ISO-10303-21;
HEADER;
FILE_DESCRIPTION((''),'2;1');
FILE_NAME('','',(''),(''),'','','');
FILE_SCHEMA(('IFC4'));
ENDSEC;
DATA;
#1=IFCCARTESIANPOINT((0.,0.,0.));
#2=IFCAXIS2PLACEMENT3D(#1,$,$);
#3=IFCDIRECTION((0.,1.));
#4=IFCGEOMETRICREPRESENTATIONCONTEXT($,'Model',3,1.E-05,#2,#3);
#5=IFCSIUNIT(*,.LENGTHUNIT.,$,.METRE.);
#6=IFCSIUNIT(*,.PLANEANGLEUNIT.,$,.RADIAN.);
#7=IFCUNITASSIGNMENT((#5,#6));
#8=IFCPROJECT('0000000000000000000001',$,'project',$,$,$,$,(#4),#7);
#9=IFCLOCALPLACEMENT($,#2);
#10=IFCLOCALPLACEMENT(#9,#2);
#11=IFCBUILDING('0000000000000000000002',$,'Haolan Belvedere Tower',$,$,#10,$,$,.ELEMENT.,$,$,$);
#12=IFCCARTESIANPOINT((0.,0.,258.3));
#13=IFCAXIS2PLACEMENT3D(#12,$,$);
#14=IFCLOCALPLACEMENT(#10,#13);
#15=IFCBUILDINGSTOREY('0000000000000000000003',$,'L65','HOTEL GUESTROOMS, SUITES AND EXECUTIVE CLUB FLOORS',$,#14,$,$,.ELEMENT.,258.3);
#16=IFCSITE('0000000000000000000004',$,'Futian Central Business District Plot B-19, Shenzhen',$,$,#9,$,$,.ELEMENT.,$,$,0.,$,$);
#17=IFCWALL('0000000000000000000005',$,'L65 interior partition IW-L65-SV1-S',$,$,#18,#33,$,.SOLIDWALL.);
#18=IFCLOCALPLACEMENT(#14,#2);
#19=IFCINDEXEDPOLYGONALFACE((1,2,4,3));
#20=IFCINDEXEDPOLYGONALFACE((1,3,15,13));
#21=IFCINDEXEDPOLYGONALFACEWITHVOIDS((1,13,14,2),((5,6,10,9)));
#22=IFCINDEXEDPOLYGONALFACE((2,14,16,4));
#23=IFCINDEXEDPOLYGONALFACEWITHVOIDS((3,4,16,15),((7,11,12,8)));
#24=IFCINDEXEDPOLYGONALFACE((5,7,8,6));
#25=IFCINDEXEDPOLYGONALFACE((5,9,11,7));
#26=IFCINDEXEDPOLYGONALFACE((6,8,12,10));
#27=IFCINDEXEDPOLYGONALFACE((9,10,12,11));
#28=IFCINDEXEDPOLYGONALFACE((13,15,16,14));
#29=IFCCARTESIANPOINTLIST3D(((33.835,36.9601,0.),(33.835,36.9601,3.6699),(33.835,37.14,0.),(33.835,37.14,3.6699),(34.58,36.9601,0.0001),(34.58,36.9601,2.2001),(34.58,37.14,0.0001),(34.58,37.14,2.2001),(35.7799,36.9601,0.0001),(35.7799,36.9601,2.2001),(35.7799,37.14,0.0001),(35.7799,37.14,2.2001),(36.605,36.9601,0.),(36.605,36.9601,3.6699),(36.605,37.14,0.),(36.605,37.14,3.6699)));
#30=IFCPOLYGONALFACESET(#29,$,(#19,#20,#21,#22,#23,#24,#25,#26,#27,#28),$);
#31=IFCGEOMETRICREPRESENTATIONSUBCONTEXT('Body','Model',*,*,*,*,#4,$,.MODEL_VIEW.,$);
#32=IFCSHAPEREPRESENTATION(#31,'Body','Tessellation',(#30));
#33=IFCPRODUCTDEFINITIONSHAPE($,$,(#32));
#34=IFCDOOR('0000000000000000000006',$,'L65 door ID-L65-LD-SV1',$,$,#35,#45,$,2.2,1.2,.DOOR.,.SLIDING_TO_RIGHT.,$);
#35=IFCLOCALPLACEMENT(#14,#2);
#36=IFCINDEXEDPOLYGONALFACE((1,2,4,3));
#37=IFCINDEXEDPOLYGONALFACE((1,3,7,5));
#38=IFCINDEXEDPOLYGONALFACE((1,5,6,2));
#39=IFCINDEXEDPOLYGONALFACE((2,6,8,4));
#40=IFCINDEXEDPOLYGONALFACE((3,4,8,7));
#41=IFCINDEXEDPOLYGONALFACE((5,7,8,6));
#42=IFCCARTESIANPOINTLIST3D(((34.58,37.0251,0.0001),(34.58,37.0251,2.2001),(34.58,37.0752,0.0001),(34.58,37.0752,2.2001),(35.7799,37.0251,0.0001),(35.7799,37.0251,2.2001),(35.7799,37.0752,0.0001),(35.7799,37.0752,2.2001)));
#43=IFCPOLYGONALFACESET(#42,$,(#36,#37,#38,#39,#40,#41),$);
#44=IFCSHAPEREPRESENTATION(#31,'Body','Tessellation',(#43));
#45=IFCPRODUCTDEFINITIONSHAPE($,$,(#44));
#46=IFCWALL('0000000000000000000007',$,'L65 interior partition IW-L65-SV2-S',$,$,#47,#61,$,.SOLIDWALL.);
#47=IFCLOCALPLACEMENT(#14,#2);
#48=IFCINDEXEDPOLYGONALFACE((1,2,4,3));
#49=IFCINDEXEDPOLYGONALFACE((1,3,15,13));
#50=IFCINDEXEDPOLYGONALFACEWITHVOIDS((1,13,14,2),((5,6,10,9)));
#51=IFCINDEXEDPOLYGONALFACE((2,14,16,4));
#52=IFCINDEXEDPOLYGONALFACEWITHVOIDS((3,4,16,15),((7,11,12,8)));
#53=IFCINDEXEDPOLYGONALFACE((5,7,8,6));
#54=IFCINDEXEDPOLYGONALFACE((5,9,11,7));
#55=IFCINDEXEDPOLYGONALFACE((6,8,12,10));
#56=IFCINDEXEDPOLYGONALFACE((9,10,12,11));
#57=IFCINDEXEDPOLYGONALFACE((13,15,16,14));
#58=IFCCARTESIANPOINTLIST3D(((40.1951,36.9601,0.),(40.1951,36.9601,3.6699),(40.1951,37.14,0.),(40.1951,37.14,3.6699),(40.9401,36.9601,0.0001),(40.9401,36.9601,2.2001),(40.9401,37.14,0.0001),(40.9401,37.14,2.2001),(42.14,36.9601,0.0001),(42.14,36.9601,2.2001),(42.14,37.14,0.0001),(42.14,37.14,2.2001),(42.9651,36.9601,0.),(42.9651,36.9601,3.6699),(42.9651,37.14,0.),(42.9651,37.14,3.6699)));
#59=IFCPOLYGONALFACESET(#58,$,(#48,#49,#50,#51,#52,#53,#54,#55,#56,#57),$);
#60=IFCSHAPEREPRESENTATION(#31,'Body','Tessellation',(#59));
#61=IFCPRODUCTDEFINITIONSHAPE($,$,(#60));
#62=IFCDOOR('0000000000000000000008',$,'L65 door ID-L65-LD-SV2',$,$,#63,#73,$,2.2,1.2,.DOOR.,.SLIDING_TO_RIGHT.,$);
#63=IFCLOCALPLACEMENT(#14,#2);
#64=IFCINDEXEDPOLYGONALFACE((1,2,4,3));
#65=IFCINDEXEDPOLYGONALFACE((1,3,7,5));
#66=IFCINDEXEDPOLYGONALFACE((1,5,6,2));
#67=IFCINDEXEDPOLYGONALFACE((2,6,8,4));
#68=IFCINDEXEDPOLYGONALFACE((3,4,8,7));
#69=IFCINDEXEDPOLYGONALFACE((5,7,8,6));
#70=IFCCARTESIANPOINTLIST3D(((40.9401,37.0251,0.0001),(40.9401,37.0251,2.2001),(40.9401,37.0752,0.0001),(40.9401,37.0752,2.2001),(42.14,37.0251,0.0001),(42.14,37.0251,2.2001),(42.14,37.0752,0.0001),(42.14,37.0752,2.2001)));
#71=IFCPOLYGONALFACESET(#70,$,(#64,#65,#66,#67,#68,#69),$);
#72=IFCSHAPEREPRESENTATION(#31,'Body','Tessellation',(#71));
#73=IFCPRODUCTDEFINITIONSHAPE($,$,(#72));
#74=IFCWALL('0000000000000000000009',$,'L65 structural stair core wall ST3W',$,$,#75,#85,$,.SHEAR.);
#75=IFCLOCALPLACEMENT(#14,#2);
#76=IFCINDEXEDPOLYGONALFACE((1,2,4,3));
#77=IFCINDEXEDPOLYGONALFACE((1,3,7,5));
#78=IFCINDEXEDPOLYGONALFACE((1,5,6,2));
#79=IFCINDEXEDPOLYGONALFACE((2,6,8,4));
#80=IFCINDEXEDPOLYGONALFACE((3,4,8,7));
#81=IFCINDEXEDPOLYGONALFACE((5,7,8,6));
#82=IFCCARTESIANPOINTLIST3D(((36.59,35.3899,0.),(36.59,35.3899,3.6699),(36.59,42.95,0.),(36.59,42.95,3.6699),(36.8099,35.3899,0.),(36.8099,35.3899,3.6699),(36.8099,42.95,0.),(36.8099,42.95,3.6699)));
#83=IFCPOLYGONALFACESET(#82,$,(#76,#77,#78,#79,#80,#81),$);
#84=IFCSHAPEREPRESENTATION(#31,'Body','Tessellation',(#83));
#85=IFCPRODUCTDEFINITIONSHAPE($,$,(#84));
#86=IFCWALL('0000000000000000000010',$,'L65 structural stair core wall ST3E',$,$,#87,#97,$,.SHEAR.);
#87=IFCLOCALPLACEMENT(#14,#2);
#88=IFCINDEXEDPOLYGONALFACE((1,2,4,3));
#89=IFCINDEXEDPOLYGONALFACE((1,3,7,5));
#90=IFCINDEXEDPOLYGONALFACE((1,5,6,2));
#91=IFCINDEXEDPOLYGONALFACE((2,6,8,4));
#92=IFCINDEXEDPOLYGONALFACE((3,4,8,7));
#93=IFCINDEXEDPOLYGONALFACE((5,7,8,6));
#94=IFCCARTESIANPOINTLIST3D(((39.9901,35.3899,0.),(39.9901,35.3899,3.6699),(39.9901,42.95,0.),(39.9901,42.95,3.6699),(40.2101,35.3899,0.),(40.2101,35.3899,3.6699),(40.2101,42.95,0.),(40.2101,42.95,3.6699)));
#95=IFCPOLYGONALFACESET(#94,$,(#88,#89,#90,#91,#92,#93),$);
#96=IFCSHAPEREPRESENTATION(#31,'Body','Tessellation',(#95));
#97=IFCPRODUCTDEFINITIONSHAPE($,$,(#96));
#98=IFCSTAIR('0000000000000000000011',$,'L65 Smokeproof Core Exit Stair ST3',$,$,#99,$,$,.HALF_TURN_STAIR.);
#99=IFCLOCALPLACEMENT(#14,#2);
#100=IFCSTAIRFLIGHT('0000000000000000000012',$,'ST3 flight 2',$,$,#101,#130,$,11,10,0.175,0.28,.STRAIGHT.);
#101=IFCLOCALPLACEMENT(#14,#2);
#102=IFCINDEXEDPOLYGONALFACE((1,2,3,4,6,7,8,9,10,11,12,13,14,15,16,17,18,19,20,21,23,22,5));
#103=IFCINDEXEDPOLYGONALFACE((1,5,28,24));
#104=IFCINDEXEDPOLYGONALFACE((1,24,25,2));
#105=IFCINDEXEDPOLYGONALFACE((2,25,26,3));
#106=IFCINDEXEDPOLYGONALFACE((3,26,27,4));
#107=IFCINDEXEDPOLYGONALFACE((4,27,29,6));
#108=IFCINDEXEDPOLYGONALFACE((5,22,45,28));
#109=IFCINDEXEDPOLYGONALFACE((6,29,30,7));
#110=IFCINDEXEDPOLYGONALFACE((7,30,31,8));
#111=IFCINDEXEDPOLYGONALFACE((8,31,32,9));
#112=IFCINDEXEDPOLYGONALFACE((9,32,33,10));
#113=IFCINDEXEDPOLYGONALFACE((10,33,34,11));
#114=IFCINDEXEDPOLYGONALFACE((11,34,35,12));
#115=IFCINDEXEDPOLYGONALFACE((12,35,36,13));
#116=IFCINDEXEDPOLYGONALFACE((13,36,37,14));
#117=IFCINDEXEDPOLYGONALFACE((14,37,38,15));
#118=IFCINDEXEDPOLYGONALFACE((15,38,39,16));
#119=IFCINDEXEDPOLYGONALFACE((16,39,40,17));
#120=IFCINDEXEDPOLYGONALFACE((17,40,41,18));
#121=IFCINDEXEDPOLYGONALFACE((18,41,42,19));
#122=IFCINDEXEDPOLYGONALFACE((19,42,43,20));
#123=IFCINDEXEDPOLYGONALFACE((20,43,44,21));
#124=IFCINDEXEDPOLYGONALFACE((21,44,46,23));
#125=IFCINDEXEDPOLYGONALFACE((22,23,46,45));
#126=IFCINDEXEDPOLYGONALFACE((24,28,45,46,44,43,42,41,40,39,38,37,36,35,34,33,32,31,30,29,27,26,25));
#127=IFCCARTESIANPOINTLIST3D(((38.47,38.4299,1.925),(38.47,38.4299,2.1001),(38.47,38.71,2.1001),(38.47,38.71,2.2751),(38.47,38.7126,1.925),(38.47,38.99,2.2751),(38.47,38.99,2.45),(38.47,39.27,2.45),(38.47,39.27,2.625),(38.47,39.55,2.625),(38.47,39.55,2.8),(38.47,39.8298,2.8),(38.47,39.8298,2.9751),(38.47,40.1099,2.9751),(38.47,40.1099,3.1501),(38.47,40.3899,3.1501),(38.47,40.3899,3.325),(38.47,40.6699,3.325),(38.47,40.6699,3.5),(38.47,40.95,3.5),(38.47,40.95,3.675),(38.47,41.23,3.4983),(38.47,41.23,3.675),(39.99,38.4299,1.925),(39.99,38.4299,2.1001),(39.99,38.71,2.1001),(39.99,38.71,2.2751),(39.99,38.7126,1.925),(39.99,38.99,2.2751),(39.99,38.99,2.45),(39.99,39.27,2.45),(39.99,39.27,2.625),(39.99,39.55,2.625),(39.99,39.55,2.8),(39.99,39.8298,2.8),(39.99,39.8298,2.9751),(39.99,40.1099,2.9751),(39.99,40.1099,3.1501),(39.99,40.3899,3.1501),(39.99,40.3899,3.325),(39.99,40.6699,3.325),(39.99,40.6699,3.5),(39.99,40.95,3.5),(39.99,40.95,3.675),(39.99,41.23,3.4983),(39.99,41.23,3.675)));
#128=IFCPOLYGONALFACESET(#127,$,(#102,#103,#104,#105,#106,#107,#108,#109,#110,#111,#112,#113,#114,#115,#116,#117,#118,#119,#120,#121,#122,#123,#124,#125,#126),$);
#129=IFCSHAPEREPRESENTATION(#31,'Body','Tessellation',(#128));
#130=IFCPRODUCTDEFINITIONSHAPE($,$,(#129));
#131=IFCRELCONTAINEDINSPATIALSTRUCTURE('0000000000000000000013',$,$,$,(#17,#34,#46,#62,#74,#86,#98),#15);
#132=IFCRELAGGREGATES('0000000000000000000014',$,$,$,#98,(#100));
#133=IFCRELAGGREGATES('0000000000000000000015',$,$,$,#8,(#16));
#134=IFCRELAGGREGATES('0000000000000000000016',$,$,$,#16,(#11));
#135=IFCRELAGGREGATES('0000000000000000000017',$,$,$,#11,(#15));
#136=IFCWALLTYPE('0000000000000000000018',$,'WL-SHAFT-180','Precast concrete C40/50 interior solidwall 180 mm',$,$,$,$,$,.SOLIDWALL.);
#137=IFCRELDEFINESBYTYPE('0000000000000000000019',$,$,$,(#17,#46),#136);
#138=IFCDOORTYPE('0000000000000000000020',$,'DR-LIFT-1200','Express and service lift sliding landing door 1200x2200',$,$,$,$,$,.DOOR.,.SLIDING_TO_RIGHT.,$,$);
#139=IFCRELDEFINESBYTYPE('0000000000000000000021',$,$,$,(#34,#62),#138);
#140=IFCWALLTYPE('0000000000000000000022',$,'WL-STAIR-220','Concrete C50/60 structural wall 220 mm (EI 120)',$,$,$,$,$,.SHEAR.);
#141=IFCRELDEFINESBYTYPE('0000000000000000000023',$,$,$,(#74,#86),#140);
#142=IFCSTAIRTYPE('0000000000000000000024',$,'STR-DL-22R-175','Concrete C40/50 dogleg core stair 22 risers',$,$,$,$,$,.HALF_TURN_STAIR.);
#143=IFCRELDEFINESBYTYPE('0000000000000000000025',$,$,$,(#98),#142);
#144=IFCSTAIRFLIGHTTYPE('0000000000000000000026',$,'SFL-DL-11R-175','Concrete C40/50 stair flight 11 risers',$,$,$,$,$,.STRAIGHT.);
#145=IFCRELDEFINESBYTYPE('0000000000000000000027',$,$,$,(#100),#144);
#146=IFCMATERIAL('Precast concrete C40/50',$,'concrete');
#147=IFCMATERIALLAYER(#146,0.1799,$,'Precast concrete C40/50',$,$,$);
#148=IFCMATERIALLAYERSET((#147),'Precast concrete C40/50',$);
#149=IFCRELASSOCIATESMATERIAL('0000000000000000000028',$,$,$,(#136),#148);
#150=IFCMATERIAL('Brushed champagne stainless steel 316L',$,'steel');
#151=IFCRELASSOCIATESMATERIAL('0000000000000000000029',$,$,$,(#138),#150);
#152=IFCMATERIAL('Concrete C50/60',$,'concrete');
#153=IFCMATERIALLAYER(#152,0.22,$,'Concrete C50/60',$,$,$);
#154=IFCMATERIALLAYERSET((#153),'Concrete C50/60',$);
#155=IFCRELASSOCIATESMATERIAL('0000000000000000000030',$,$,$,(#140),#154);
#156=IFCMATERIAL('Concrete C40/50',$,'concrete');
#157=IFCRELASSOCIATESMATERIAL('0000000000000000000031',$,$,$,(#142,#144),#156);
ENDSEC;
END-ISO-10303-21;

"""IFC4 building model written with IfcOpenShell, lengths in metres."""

from ifc_helpers import new_model, si_unit, direction, frame, frame_2d, origin, place, context, subcontext, project, spatial, polyline, rectangle, outline, extrude, material, layer, layer_set, type_object, element, fill, aggregate, save


model = new_model("IFC4")

# Units and contexts
model_context = context("Model", 3, precision=1e-05, world=origin(), true_north=direction((0.0, 1.0)))
body_context = subcontext(model_context, "Body", "Model", "MODEL_VIEW")
ifc_project = project(units=[si_unit("LENGTHUNIT", "METRE"), si_unit("PLANEANGLEUNIT", "RADIAN")], contexts=[model_context])

# Site, building, storey
site_placement = place(None, origin())
site = spatial("IfcSite", under=ifc_project, at=site_placement, Name="Futian Central Business District Plot B-19, Shenzhen", CompositionType="ELEMENT", RefElevation=0.0)
building_placement = place(site_placement, origin())
building = spatial("IfcBuilding", under=site, at=building_placement, Name="Haolan Belvedere Tower", CompositionType="ELEMENT")
storey_placement = place(building_placement, frame((0.0, 0.0, 258.3)))
storey = spatial("IfcBuildingStorey", under=building, at=storey_placement, Name="L65", Description="HOTEL GUESTROOMS, SUITES AND EXECUTIVE CLUB FLOORS", CompositionType="ELEMENT", Elevation=258.3)

# Shared definitions
ifc_material_1 = material(Name="Brushed champagne stainless steel 316L", Category="steel")

# Walls, openings, doors
ifc_material_2 = material(Name="Precast concrete C40/50", Category="concrete")
ifc_layer_1 = layer(ifc_material_2, 0.1799, Name="Precast concrete C40/50")
ifc_layer_set_1 = layer_set([ifc_layer_1], Name="Precast concrete C40/50")
wall_type_1 = type_object("IfcWallType", Name="WL-SHAFT-180", Description="Precast concrete C40/50 interior solidwall 180 mm", PredefinedType="SOLIDWALL", material=ifc_layer_set_1)
wall_1_placement = place(storey_placement, frame((33.835, 37.05, 0.0), z_axis=(0.0, 0.0, 1.0), x_axis=(1.0, 0.0, 0.0)))
wall_1 = element("IfcWall", 1, at=wall_1_placement, inside=storey, type_object=wall_type_1, Name="L65 interior partition IW-L65-SV1-S", PredefinedType="SOLIDWALL", context=body_context, shape_type="SweptSolid", body=[
    extrude(rectangle(XDim=2.77, YDim=0.1799, at=frame_2d((1.385, 0.0))), origin(), (0.0, 0.0, 1.0), 3.6699),
])
opening_1_placement = place(wall_1_placement, frame((1.9451, 0.0, 0.0), z_axis=(0.0, 0.0, 1.0), x_axis=(-1.0, 0.0, 0.0)))
opening_1 = element("IfcOpeningElement", 2, at=opening_1_placement, cuts=wall_1, PredefinedType="OPENING", context=body_context, shape_type="SweptSolid", body=[
    extrude(rectangle(XDim=1.2, YDim=2.2, at=frame_2d((0.6001, 1.1001))), frame((0.0, 0.0999, 0.0), z_axis=(0.0, -1.0, 0.0), x_axis=(1.0, 0.0, 0.0)), (0.0, 0.0, 1.0), 0.2),
])
door_type_1 = type_object("IfcDoorType", Name="DR-LIFT-1200", Description="Express and service lift sliding landing door 1200x2200", OperationType="SLIDING_TO_RIGHT", PredefinedType="DOOR", material=ifc_material_1)
door_1_placement = place(opening_1_placement, origin())
door_1 = element("IfcDoor", 3, at=door_1_placement, inside=storey, type_object=door_type_1, Name="L65 door ID-L65-LD-SV1", OperationType="SLIDING_TO_RIGHT", OverallHeight=2.2, OverallWidth=1.2, PredefinedType="DOOR", context=body_context, shape_type="SweptSolid", body=[
    extrude(rectangle(XDim=1.2, YDim=2.2, at=frame_2d((0.6001, 1.1001))), frame((0.0, 0.0249, 0.0), z_axis=(0.0, -1.0, 0.0), x_axis=(1.0, 0.0, 0.0)), (0.0, 0.0, 1.0), 0.05),
])
fill(opening_1, door_1)
wall_2_placement = place(storey_placement, frame((40.1951, 37.05, 0.0), z_axis=(0.0, 0.0, 1.0), x_axis=(1.0, 0.0, 0.0)))
wall_2 = element("IfcWall", 4, at=wall_2_placement, inside=storey, type_object=wall_type_1, Name="L65 interior partition IW-L65-SV2-S", PredefinedType="SOLIDWALL", context=body_context, shape_type="SweptSolid", body=[
    extrude(rectangle(XDim=2.77, YDim=0.1799, at=frame_2d((1.385, 0.0))), origin(), (0.0, 0.0, 1.0), 3.6699),
])
opening_2_placement = place(wall_2_placement, frame((1.9451, 0.0, 0.0), z_axis=(0.0, 0.0, 1.0), x_axis=(-1.0, 0.0, 0.0)))
opening_2 = element("IfcOpeningElement", 5, at=opening_2_placement, cuts=wall_2, PredefinedType="OPENING", context=body_context, shape_type="SweptSolid", body=[
    extrude(rectangle(XDim=1.2, YDim=2.2, at=frame_2d((0.6001, 1.1001))), frame((0.0, 0.0999, 0.0), z_axis=(0.0, -1.0, 0.0), x_axis=(1.0, 0.0, 0.0)), (0.0, 0.0, 1.0), 0.2),
])
door_2_placement = place(opening_2_placement, origin())
door_2 = element("IfcDoor", 6, at=door_2_placement, inside=storey, type_object=door_type_1, Name="L65 door ID-L65-LD-SV2", OperationType="SLIDING_TO_RIGHT", OverallHeight=2.2, OverallWidth=1.2, PredefinedType="DOOR", context=body_context, shape_type="SweptSolid", body=[
    extrude(rectangle(XDim=1.2, YDim=2.2, at=frame_2d((0.6001, 1.1001))), frame((0.0, 0.0249, 0.0), z_axis=(0.0, -1.0, 0.0), x_axis=(1.0, 0.0, 0.0)), (0.0, 0.0, 1.0), 0.05),
])
fill(opening_2, door_2)

# Walls
ifc_material_3 = material(Name="Concrete C50/60", Category="concrete")
ifc_layer_2 = layer(ifc_material_3, 0.22, Name="Concrete C50/60")
ifc_layer_set_2 = layer_set([ifc_layer_2], Name="Concrete C50/60")
wall_type_2 = type_object("IfcWallType", Name="WL-STAIR-220", Description="Concrete C50/60 structural wall 220 mm (EI 120)", PredefinedType="SHEAR", material=ifc_layer_set_2)
for number, where, z_axis, x_axis, name in (
    (7, (36.7, 35.3899, 0.0), (0.0, 0.0, 1.0), (0.0, 1.0, 0.0), "L65 structural stair core wall ST3W"),
    (8, (40.1001, 35.3899, 0.0), (0.0, 0.0, 1.0), (0.0, 1.0, 0.0), "L65 structural stair core wall ST3E"),
):
    element("IfcWall", number, at=place(storey_placement, frame(where, z_axis=z_axis, x_axis=x_axis)), inside=storey, type_object=wall_type_2, Name=name, PredefinedType="SHEAR", context=body_context, shape_type="SweptSolid", body=[
        extrude(rectangle(XDim=7.5601, YDim=0.22, at=frame_2d((3.78, 0.0))), origin(), (0.0, 0.0, 1.0), 3.6699),
    ])

# Stair, stair flight
ifc_material_4 = material(Name="Concrete C40/50", Category="concrete")
stair_type = type_object("IfcStairType", Name="STR-DL-22R-175", Description="Concrete C40/50 dogleg core stair 22 risers", PredefinedType="HALF_TURN_STAIR", material=ifc_material_4)
stair_placement = place(storey_placement, origin())
stair = element("IfcStair", 9, at=stair_placement, inside=storey, type_object=stair_type, Name="L65 Smokeproof Core Exit Stair ST3", PredefinedType="HALF_TURN_STAIR")
stair_flight_type = type_object("IfcStairFlightType", Name="SFL-DL-11R-175", Description="Concrete C40/50 stair flight 11 risers", PredefinedType="STRAIGHT", material=ifc_material_4)
stair_flight_placement = place(storey_placement, frame((39.23, 38.4299, 1.925), z_axis=(0.0, 0.0, 1.0), x_axis=(0.0, 1.0, 0.0)))
stair_flight = element("IfcStairFlight", 10, at=stair_flight_placement, type_object=stair_flight_type, Name="ST3 flight 2", NumberOfRisers=11, NumberOfTreads=10, PredefinedType="STRAIGHT", RiserHeight=0.175, TreadLength=0.28, context=body_context, shape_type="SweptSolid", body=[
    extrude(outline(polyline([(0.0, 0.0), (0.0, 0.175), (0.28, 0.175), (0.28, 0.3501), (0.5601, 0.3501), (0.5601, 0.5249), (0.8401, 0.5249), (0.8401, 0.7), (1.1201, 0.7), (1.1201, 0.875), (1.3999, 0.875), (1.3999, 1.05), (1.6799, 1.05), (1.6799, 1.2251), (1.96, 1.2251), (1.96, 1.3999), (2.24, 1.3999), (2.24, 1.575), (2.52, 1.575), (2.52, 1.75), (2.8, 1.75), (2.8, 1.925), (2.8, 1.5732), (0.2827, 0.0), (0.0, 0.0)])), frame((0.0, 0.76, 0.0), z_axis=(0.0, -1.0, 0.0), x_axis=(1.0, 0.0, 0.0)), (0.0, 0.0, 1.0), 1.52),
])
aggregate(stair, [stair_flight])

save(model, "model.ifc")
